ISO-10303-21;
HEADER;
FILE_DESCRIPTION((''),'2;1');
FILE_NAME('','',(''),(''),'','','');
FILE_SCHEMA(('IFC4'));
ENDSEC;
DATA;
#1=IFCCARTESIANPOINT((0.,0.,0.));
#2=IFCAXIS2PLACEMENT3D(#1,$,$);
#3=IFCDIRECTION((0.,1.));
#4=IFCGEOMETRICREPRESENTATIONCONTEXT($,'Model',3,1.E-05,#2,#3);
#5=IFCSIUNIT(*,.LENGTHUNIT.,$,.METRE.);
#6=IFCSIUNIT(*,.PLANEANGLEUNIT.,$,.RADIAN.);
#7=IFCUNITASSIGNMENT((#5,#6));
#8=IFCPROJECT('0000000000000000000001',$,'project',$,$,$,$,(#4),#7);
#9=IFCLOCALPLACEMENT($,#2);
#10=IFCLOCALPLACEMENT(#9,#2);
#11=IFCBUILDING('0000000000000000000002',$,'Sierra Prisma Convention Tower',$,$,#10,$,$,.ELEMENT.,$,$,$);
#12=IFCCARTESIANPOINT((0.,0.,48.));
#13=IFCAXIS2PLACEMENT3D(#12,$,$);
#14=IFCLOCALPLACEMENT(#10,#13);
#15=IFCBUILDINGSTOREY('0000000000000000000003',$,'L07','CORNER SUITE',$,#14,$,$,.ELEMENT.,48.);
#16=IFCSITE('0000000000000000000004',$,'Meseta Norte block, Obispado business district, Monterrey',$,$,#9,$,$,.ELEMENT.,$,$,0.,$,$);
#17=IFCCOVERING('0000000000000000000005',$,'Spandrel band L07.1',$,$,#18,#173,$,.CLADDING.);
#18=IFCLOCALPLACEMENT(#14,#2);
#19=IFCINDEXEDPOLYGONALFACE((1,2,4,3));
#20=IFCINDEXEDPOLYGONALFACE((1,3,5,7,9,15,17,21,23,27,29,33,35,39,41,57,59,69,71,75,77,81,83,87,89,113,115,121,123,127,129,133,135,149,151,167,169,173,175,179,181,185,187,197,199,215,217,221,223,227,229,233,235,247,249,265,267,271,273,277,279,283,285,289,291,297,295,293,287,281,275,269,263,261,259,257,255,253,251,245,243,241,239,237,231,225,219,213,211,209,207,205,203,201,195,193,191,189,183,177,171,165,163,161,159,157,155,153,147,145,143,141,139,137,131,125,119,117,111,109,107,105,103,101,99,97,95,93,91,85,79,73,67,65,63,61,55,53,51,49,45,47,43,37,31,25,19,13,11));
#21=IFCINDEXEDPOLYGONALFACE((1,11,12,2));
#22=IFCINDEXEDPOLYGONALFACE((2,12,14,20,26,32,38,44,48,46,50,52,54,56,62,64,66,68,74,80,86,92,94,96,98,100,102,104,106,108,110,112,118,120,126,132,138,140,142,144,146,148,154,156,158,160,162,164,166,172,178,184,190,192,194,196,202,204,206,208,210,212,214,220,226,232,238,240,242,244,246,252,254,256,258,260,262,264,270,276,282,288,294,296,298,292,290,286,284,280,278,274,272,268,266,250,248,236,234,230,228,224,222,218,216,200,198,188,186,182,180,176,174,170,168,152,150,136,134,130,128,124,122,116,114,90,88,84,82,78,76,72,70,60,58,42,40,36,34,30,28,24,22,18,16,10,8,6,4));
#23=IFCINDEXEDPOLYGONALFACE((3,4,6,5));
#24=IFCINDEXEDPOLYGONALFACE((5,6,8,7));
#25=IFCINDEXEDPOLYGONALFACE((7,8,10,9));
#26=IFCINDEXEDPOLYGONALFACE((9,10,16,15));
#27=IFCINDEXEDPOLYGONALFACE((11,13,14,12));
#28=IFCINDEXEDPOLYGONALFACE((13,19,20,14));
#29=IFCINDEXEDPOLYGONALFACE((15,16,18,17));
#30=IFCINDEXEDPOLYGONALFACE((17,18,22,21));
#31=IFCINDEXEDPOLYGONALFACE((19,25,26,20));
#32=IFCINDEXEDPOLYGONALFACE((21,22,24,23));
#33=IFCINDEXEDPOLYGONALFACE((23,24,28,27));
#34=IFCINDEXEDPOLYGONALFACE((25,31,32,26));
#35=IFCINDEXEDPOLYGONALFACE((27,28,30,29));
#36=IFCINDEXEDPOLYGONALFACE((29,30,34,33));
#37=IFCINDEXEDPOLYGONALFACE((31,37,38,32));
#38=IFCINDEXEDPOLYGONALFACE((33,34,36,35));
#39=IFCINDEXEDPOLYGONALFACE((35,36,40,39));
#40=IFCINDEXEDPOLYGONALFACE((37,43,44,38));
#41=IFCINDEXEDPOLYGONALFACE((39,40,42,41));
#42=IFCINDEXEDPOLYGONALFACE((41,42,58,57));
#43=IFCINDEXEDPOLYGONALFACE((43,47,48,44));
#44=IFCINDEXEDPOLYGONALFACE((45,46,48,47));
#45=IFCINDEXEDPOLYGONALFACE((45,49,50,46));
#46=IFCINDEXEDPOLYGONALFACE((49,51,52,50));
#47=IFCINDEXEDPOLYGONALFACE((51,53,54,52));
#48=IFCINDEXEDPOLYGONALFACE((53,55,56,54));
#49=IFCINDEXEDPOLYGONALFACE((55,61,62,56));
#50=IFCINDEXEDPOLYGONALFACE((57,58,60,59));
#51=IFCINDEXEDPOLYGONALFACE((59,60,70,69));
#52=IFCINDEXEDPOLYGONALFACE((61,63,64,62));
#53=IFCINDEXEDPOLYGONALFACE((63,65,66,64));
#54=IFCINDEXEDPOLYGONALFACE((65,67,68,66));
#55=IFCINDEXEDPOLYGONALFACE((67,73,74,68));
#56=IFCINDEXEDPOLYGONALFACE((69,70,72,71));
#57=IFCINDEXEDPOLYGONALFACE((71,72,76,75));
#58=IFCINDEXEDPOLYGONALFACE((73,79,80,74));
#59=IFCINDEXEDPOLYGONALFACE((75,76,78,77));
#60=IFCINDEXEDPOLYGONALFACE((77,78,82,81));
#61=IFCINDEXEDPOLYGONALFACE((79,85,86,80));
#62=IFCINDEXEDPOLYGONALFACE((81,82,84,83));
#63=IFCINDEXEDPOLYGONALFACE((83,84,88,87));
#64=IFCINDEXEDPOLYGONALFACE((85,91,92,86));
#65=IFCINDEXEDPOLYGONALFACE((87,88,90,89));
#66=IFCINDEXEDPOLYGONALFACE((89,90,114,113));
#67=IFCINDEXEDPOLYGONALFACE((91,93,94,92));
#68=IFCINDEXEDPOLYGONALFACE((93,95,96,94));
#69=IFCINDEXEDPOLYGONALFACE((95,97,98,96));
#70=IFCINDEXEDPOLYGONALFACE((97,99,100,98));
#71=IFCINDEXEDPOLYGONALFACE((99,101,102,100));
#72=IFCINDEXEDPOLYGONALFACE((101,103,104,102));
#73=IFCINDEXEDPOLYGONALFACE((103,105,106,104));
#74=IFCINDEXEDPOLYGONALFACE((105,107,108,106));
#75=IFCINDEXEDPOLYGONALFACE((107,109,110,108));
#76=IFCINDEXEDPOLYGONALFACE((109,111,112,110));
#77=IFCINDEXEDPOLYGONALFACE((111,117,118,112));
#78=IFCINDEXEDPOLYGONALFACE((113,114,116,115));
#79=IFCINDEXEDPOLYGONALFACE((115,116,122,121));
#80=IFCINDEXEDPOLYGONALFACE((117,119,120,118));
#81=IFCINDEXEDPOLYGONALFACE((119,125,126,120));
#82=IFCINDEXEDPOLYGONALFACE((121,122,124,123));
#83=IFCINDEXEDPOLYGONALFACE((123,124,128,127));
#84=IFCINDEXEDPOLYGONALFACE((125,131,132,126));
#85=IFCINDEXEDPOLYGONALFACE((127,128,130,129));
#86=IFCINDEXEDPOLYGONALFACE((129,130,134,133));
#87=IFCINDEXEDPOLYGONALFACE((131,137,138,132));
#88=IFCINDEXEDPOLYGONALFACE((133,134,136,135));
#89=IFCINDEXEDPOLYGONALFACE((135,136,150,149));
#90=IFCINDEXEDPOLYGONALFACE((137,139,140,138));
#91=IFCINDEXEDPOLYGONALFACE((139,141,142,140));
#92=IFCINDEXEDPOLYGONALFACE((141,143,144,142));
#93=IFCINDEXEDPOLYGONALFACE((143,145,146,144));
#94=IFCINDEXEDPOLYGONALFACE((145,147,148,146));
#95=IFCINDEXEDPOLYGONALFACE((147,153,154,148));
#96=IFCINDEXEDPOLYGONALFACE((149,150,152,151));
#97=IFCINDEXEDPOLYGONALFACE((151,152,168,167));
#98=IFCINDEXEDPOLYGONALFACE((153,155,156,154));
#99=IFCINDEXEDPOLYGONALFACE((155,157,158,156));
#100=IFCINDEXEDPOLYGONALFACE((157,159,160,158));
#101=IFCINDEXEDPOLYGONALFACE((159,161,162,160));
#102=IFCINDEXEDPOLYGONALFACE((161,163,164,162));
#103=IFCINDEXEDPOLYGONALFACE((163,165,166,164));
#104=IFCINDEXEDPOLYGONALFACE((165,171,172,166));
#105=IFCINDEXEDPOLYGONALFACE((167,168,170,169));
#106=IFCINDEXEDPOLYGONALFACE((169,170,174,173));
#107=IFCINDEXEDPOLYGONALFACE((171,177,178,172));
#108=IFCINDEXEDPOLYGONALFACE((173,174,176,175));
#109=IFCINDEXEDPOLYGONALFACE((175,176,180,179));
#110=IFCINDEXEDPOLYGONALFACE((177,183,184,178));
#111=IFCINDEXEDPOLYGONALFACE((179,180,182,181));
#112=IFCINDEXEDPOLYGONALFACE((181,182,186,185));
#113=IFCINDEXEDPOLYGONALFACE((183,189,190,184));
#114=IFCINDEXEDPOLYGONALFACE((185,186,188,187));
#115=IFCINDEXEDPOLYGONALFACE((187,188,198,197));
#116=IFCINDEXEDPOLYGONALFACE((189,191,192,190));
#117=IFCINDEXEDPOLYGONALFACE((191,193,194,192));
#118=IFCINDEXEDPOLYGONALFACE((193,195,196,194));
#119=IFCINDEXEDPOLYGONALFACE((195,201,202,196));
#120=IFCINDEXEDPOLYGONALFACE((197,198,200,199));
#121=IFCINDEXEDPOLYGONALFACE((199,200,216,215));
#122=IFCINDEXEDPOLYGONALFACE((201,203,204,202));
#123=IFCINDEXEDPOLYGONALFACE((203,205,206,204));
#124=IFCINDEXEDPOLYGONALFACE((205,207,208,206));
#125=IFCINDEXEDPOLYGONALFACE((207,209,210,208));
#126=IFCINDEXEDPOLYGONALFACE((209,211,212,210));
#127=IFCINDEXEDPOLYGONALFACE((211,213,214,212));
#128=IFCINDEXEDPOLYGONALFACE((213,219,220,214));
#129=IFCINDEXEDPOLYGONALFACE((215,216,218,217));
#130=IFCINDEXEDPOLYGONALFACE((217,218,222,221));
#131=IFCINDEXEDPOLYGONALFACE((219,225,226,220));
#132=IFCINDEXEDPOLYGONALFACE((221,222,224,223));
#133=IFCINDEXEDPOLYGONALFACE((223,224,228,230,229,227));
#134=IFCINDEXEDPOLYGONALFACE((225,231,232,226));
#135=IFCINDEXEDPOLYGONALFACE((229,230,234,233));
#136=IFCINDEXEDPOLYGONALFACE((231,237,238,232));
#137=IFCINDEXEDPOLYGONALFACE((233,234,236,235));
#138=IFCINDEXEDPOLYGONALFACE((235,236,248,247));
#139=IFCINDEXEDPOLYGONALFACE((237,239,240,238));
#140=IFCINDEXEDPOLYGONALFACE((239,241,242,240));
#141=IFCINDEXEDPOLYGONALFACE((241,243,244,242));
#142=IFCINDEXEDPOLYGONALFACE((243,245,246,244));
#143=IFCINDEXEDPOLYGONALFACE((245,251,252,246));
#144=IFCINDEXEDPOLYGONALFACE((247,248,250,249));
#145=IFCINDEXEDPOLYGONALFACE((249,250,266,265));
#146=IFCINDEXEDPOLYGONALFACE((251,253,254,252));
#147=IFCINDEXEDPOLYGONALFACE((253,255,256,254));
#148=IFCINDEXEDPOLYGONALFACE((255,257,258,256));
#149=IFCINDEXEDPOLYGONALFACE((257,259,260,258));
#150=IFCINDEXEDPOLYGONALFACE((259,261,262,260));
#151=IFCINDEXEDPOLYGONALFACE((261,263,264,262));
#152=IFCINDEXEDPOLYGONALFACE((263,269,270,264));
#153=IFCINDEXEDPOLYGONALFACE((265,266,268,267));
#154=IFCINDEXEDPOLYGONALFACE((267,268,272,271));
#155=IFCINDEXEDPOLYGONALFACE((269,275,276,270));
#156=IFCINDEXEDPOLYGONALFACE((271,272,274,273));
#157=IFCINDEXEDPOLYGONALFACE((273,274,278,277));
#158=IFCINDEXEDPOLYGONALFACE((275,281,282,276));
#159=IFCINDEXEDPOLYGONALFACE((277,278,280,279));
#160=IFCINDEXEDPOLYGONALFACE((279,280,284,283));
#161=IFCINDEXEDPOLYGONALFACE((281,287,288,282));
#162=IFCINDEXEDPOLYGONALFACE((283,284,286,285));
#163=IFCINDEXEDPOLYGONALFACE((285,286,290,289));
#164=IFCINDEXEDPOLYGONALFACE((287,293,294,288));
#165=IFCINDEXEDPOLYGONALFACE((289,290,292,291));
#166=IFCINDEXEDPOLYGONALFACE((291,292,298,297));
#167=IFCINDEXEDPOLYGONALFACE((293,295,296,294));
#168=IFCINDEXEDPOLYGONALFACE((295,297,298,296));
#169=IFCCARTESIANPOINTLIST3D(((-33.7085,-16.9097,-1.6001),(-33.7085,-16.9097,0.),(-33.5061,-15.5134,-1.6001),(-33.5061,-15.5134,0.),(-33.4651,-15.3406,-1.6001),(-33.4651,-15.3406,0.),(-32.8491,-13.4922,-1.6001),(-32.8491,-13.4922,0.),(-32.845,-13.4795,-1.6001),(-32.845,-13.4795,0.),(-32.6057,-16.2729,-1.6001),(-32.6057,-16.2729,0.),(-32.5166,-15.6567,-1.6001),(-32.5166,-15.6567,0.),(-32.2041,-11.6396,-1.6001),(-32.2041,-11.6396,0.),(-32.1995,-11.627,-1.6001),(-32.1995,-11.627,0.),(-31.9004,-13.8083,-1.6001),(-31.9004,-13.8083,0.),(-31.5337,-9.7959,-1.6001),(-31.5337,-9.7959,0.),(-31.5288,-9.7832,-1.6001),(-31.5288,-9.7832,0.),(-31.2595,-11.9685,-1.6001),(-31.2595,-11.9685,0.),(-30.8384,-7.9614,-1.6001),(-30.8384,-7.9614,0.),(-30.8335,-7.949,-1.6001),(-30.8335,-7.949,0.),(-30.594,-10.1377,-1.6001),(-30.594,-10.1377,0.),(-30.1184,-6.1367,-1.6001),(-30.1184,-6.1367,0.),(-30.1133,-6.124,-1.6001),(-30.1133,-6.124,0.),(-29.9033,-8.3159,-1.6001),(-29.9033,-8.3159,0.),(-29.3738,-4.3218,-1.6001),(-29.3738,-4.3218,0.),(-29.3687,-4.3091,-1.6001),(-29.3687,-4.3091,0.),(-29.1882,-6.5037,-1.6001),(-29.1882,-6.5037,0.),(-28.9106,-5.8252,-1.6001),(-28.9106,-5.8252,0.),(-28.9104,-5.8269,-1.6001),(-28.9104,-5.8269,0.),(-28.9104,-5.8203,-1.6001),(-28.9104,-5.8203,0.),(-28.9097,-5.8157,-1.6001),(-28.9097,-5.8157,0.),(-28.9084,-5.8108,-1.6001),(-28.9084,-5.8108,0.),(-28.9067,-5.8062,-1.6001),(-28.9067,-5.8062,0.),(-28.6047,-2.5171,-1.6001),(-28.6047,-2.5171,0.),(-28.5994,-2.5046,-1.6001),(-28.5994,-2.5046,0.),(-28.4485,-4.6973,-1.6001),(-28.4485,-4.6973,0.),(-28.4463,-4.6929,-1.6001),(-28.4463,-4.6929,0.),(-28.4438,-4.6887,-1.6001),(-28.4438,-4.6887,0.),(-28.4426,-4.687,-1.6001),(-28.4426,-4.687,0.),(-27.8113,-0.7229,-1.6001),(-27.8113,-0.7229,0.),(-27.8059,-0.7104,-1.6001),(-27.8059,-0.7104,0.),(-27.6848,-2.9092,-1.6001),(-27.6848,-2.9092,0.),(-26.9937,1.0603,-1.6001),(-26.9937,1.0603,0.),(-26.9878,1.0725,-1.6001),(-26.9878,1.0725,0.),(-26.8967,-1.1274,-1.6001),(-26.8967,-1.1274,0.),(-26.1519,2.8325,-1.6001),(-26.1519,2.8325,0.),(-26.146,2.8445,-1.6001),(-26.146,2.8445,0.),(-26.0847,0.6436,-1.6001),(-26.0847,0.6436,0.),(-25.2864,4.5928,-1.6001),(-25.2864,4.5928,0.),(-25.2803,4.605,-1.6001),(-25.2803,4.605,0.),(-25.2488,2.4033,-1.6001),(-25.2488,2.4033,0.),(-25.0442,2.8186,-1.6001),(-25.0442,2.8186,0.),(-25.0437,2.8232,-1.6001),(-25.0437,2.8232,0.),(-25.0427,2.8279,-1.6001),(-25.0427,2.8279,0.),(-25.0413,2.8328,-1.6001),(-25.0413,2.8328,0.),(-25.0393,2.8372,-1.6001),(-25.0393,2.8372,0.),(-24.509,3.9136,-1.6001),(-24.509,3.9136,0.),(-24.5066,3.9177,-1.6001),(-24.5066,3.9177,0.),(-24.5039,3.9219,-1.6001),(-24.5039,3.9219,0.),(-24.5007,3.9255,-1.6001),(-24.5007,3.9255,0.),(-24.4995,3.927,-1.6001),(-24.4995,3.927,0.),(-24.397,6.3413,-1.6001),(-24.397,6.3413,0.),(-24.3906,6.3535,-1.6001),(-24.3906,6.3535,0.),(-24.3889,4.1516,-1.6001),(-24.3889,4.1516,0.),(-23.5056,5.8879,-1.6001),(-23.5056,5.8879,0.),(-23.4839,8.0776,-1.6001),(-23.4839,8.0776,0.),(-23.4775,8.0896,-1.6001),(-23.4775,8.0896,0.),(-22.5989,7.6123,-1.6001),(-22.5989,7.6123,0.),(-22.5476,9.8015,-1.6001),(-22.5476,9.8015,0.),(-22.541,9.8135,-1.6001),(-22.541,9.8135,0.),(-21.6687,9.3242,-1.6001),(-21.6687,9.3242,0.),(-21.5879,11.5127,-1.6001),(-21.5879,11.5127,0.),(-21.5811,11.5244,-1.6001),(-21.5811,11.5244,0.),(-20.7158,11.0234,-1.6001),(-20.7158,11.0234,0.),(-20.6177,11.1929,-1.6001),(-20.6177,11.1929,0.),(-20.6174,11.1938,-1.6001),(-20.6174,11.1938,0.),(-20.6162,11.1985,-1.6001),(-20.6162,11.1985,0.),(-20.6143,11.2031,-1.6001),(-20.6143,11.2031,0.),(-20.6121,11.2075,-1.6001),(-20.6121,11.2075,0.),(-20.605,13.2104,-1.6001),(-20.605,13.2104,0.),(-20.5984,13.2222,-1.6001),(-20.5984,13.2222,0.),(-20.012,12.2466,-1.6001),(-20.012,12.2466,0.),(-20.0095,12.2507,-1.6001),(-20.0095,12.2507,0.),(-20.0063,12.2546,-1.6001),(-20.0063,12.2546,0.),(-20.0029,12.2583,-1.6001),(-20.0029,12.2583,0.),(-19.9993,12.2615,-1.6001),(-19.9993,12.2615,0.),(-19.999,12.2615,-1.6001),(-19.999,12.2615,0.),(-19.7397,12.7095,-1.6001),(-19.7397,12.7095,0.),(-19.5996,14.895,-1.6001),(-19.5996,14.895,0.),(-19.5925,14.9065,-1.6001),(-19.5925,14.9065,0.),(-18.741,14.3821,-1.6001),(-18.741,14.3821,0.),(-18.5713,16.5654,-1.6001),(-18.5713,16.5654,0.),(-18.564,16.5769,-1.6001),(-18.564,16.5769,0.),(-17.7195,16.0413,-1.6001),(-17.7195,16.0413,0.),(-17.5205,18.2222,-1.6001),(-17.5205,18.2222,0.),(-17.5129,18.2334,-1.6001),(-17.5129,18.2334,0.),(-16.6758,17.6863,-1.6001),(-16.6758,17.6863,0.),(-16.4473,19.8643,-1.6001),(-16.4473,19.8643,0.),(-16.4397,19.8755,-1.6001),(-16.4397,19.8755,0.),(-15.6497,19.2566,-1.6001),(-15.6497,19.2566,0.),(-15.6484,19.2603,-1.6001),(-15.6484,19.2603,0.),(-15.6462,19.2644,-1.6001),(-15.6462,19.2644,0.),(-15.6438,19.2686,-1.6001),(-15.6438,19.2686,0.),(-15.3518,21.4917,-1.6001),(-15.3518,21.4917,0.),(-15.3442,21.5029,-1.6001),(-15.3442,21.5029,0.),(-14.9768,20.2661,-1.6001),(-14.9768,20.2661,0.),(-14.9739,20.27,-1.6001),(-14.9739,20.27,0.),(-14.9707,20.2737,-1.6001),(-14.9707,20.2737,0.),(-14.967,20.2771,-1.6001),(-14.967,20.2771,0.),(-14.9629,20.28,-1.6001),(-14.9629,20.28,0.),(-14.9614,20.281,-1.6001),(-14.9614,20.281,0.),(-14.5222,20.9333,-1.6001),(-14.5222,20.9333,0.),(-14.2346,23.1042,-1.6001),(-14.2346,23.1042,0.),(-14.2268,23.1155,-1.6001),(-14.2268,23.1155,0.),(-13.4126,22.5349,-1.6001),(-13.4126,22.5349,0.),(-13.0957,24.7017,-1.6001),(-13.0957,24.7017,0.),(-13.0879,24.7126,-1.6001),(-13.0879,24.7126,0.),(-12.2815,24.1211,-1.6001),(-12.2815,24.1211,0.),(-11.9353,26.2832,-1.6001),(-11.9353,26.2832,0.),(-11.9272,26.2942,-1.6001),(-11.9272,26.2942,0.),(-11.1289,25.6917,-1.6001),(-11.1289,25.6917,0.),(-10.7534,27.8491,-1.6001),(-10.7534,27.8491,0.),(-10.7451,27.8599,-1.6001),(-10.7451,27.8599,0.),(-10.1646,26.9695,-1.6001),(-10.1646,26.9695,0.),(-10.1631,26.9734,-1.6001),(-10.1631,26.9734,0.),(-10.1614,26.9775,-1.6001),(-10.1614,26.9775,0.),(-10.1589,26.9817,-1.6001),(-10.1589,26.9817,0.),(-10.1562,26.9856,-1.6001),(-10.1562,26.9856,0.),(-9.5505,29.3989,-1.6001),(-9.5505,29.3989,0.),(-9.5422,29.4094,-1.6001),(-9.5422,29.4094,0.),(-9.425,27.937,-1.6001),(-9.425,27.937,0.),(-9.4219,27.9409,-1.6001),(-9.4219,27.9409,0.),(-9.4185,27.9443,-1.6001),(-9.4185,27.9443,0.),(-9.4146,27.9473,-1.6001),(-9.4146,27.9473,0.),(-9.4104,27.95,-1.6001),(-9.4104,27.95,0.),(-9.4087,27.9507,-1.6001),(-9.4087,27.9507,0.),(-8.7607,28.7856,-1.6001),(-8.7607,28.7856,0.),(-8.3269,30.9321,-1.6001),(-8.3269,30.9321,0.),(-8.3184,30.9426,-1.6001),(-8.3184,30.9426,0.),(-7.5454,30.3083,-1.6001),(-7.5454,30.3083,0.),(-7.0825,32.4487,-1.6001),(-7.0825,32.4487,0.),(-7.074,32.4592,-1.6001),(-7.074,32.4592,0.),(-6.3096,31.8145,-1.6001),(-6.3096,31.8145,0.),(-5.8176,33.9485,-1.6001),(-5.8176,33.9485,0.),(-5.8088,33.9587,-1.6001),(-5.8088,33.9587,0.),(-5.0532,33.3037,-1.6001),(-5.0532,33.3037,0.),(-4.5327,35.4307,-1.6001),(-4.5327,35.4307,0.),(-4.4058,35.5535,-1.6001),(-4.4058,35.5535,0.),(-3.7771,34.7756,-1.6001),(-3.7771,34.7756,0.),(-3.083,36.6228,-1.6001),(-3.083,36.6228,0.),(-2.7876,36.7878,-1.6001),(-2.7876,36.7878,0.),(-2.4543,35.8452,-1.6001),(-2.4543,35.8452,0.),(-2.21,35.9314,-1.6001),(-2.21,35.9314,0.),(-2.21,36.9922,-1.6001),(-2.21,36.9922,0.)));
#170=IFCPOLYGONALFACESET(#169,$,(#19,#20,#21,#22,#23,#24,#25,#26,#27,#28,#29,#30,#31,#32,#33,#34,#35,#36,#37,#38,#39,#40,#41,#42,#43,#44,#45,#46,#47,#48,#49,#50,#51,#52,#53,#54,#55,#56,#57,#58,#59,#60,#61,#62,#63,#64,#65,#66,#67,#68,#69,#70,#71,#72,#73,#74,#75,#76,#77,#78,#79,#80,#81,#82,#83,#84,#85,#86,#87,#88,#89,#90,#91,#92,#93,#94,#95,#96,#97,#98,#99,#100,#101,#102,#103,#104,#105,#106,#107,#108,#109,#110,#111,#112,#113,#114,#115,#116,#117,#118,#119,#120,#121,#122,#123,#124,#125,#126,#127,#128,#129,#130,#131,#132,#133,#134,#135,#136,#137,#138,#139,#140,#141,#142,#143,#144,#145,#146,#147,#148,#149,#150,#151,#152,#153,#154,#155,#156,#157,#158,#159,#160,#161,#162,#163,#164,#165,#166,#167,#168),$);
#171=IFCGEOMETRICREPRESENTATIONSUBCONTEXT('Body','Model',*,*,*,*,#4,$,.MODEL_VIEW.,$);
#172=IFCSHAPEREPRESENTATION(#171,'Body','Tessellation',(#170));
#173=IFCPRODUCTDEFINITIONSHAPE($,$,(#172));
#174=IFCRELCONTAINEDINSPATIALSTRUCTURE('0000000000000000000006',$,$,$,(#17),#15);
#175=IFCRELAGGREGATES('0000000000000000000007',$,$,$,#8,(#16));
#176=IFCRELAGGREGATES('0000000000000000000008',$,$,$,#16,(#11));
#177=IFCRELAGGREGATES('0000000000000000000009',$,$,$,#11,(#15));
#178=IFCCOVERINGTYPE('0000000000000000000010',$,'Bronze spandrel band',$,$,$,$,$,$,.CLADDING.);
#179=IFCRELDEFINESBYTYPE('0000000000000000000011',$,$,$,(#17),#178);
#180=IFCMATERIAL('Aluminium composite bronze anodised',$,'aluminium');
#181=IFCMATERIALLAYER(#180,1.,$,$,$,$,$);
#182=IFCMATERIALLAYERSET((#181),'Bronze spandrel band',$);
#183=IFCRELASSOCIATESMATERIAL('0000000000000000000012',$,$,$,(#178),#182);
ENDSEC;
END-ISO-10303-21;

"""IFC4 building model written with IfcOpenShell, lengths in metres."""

from ifc_helpers import new_model, si_unit, direction, frame, origin, place, context, subcontext, project, spatial, polyline, outline, extrude, material, layer, layer_set, type_object, element, save


model = new_model("IFC4")

# Units and contexts
model_context = context("Model", 3, precision=1e-05, world=origin(), true_north=direction((0.0, 1.0)))
body_context = subcontext(model_context, "Body", "Model", "MODEL_VIEW")
ifc_project = project(units=[si_unit("LENGTHUNIT", "METRE"), si_unit("PLANEANGLEUNIT", "RADIAN")], contexts=[model_context])

# Site, building, storey
site_placement = place(None, origin())
site = spatial("IfcSite", under=ifc_project, at=site_placement, Name="Meseta Norte block, Obispado business district, Monterrey", CompositionType="ELEMENT", RefElevation=0.0)
building_placement = place(site_placement, origin())
building = spatial("IfcBuilding", under=site, at=building_placement, Name="Sierra Prisma Convention Tower", CompositionType="ELEMENT")
storey_placement = place(building_placement, frame((0.0, 0.0, 48.0)))
storey = spatial("IfcBuildingStorey", under=building, at=storey_placement, Name="L07", Description="CORNER SUITE", CompositionType="ELEMENT", Elevation=48.0)

# Covering
ifc_material_1 = material(Name="Aluminium composite bronze anodised", Category="aluminium")
ifc_layer_1 = layer(ifc_material_1, 1.0)
ifc_layer_set_1 = layer_set([ifc_layer_1], Name="Bronze spandrel band")
covering_type_1 = type_object("IfcCoveringType", Name="Bronze spandrel band", PredefinedType="CLADDING", material=ifc_layer_set_1)
covering_1_placement = place(storey_placement, frame((0.0, 0.0, -1.6001)))
element("IfcCovering", 1, at=covering_1_placement, inside=storey, type_object=covering_type_1, Name="Spandrel band L07.1", PredefinedType="CLADDING", context=body_context, shape_type="SweptSolid", body=[
    extrude(outline(polyline([(-28.5994, -2.5046), (-27.8113, -0.7229), (-27.8059, -0.7104), (-26.9937, 1.0603), (-26.9878, 1.0725), (-26.1519, 2.8325), (-26.146, 2.8445), (-25.2864, 4.5928), (-25.2803, 4.605), (-24.397, 6.3413), (-24.3906, 6.3535), (-23.4839, 8.0776), (-23.4775, 8.0896), (-22.5476, 9.8015), (-22.541, 9.8135), (-21.5879, 11.5127), (-21.5811, 11.5244), (-20.605, 13.2104), (-20.5984, 13.2222), (-19.5996, 14.895), (-19.5925, 14.9065), (-18.5713, 16.5654), (-18.564, 16.5769), (-17.5205, 18.2222), (-17.5129, 18.2334), (-16.4473, 19.8643), (-16.4397, 19.8755), (-15.3518, 21.4917), (-15.3442, 21.5029), (-14.2346, 23.1042), (-14.2268, 23.1155), (-13.0957, 24.7017), (-13.0879, 24.7126), (-11.9353, 26.2832), (-11.9272, 26.2942), (-10.7534, 27.8491), (-10.7451, 27.8599), (-9.5505, 29.3989), (-9.5422, 29.4094), (-8.3269, 30.9321), (-8.3184, 30.9426), (-7.0825, 32.4487), (-7.074, 32.4592), (-5.8176, 33.9485), (-5.8088, 33.9587), (-4.5327, 35.4307), (-4.4058, 35.5535), (-3.083, 36.6228), (-2.7876, 36.7878), (-2.21, 36.9922), (-2.21, 35.9314), (-2.4543, 35.8452), (-3.7771, 34.7756), (-5.0532, 33.3037), (-6.3096, 31.8145), (-7.5454, 30.3083), (-8.7607, 28.7856), (-9.4087, 27.9507), (-9.4104, 27.95), (-9.4146, 27.9473), (-9.4185, 27.9443), (-9.4219, 27.9409), (-9.425, 27.937), (-10.1562, 26.9856), (-10.1589, 26.9817), (-10.1614, 26.9775), (-10.1631, 26.9734), (-10.1646, 26.9695), (-11.1289, 25.6917), (-12.2815, 24.1211), (-13.4126, 22.5349), (-14.5222, 20.9333), (-14.9614, 20.281), (-14.9629, 20.28), (-14.967, 20.2771), (-14.9707, 20.2737), (-14.9739, 20.27), (-14.9768, 20.2661), (-15.6438, 19.2686), (-15.6462, 19.2644), (-15.6484, 19.2603), (-15.6497, 19.2566), (-16.6758, 17.6863), (-17.7195, 16.0413), (-18.741, 14.3821), (-19.7397, 12.7095), (-19.999, 12.2615), (-19.9993, 12.2615), (-20.0029, 12.2583), (-20.0063, 12.2546), (-20.0095, 12.2507), (-20.012, 12.2466), (-20.6121, 11.2075), (-20.6143, 11.2031), (-20.6162, 11.1985), (-20.6174, 11.1938), (-20.6177, 11.1929), (-20.7158, 11.0234), (-21.6687, 9.3242), (-22.5989, 7.6123), (-23.5056, 5.8879), (-24.3889, 4.1516), (-24.4995, 3.927), (-24.5007, 3.9255), (-24.5039, 3.9219), (-24.5066, 3.9177), (-24.509, 3.9136), (-25.0393, 2.8372), (-25.0413, 2.8328), (-25.0427, 2.8279), (-25.0437, 2.8232), (-25.0442, 2.8186), (-25.2488, 2.4033), (-26.0847, 0.6436), (-26.8967, -1.1274), (-27.6848, -2.9092), (-28.4426, -4.687), (-28.4438, -4.6887), (-28.4463, -4.6929), (-28.4485, -4.6973), (-28.9067, -5.8062), (-28.9084, -5.8108), (-28.9097, -5.8157), (-28.9104, -5.8203), (-28.9106, -5.8252), (-28.9104, -5.8269), (-29.1882, -6.5037), (-29.9033, -8.3159), (-30.594, -10.1377), (-31.2595, -11.9685), (-31.9004, -13.8083), (-32.5166, -15.6567), (-32.6057, -16.2729), (-33.7085, -16.9097), (-33.5061, -15.5134), (-33.4651, -15.3406), (-32.8491, -13.4922), (-32.845, -13.4795), (-32.2041, -11.6396), (-32.1995, -11.627), (-31.5337, -9.7959), (-31.5288, -9.7832), (-30.8384, -7.9614), (-30.8335, -7.949), (-30.1184, -6.1367), (-30.1133, -6.124), (-29.3738, -4.3218), (-29.3687, -4.3091), (-28.6047, -2.5171), (-28.5994, -2.5046)])), origin(), (0.0, 0.0, 1.0), 1.6001),
])

save(model, "model.ifc")
